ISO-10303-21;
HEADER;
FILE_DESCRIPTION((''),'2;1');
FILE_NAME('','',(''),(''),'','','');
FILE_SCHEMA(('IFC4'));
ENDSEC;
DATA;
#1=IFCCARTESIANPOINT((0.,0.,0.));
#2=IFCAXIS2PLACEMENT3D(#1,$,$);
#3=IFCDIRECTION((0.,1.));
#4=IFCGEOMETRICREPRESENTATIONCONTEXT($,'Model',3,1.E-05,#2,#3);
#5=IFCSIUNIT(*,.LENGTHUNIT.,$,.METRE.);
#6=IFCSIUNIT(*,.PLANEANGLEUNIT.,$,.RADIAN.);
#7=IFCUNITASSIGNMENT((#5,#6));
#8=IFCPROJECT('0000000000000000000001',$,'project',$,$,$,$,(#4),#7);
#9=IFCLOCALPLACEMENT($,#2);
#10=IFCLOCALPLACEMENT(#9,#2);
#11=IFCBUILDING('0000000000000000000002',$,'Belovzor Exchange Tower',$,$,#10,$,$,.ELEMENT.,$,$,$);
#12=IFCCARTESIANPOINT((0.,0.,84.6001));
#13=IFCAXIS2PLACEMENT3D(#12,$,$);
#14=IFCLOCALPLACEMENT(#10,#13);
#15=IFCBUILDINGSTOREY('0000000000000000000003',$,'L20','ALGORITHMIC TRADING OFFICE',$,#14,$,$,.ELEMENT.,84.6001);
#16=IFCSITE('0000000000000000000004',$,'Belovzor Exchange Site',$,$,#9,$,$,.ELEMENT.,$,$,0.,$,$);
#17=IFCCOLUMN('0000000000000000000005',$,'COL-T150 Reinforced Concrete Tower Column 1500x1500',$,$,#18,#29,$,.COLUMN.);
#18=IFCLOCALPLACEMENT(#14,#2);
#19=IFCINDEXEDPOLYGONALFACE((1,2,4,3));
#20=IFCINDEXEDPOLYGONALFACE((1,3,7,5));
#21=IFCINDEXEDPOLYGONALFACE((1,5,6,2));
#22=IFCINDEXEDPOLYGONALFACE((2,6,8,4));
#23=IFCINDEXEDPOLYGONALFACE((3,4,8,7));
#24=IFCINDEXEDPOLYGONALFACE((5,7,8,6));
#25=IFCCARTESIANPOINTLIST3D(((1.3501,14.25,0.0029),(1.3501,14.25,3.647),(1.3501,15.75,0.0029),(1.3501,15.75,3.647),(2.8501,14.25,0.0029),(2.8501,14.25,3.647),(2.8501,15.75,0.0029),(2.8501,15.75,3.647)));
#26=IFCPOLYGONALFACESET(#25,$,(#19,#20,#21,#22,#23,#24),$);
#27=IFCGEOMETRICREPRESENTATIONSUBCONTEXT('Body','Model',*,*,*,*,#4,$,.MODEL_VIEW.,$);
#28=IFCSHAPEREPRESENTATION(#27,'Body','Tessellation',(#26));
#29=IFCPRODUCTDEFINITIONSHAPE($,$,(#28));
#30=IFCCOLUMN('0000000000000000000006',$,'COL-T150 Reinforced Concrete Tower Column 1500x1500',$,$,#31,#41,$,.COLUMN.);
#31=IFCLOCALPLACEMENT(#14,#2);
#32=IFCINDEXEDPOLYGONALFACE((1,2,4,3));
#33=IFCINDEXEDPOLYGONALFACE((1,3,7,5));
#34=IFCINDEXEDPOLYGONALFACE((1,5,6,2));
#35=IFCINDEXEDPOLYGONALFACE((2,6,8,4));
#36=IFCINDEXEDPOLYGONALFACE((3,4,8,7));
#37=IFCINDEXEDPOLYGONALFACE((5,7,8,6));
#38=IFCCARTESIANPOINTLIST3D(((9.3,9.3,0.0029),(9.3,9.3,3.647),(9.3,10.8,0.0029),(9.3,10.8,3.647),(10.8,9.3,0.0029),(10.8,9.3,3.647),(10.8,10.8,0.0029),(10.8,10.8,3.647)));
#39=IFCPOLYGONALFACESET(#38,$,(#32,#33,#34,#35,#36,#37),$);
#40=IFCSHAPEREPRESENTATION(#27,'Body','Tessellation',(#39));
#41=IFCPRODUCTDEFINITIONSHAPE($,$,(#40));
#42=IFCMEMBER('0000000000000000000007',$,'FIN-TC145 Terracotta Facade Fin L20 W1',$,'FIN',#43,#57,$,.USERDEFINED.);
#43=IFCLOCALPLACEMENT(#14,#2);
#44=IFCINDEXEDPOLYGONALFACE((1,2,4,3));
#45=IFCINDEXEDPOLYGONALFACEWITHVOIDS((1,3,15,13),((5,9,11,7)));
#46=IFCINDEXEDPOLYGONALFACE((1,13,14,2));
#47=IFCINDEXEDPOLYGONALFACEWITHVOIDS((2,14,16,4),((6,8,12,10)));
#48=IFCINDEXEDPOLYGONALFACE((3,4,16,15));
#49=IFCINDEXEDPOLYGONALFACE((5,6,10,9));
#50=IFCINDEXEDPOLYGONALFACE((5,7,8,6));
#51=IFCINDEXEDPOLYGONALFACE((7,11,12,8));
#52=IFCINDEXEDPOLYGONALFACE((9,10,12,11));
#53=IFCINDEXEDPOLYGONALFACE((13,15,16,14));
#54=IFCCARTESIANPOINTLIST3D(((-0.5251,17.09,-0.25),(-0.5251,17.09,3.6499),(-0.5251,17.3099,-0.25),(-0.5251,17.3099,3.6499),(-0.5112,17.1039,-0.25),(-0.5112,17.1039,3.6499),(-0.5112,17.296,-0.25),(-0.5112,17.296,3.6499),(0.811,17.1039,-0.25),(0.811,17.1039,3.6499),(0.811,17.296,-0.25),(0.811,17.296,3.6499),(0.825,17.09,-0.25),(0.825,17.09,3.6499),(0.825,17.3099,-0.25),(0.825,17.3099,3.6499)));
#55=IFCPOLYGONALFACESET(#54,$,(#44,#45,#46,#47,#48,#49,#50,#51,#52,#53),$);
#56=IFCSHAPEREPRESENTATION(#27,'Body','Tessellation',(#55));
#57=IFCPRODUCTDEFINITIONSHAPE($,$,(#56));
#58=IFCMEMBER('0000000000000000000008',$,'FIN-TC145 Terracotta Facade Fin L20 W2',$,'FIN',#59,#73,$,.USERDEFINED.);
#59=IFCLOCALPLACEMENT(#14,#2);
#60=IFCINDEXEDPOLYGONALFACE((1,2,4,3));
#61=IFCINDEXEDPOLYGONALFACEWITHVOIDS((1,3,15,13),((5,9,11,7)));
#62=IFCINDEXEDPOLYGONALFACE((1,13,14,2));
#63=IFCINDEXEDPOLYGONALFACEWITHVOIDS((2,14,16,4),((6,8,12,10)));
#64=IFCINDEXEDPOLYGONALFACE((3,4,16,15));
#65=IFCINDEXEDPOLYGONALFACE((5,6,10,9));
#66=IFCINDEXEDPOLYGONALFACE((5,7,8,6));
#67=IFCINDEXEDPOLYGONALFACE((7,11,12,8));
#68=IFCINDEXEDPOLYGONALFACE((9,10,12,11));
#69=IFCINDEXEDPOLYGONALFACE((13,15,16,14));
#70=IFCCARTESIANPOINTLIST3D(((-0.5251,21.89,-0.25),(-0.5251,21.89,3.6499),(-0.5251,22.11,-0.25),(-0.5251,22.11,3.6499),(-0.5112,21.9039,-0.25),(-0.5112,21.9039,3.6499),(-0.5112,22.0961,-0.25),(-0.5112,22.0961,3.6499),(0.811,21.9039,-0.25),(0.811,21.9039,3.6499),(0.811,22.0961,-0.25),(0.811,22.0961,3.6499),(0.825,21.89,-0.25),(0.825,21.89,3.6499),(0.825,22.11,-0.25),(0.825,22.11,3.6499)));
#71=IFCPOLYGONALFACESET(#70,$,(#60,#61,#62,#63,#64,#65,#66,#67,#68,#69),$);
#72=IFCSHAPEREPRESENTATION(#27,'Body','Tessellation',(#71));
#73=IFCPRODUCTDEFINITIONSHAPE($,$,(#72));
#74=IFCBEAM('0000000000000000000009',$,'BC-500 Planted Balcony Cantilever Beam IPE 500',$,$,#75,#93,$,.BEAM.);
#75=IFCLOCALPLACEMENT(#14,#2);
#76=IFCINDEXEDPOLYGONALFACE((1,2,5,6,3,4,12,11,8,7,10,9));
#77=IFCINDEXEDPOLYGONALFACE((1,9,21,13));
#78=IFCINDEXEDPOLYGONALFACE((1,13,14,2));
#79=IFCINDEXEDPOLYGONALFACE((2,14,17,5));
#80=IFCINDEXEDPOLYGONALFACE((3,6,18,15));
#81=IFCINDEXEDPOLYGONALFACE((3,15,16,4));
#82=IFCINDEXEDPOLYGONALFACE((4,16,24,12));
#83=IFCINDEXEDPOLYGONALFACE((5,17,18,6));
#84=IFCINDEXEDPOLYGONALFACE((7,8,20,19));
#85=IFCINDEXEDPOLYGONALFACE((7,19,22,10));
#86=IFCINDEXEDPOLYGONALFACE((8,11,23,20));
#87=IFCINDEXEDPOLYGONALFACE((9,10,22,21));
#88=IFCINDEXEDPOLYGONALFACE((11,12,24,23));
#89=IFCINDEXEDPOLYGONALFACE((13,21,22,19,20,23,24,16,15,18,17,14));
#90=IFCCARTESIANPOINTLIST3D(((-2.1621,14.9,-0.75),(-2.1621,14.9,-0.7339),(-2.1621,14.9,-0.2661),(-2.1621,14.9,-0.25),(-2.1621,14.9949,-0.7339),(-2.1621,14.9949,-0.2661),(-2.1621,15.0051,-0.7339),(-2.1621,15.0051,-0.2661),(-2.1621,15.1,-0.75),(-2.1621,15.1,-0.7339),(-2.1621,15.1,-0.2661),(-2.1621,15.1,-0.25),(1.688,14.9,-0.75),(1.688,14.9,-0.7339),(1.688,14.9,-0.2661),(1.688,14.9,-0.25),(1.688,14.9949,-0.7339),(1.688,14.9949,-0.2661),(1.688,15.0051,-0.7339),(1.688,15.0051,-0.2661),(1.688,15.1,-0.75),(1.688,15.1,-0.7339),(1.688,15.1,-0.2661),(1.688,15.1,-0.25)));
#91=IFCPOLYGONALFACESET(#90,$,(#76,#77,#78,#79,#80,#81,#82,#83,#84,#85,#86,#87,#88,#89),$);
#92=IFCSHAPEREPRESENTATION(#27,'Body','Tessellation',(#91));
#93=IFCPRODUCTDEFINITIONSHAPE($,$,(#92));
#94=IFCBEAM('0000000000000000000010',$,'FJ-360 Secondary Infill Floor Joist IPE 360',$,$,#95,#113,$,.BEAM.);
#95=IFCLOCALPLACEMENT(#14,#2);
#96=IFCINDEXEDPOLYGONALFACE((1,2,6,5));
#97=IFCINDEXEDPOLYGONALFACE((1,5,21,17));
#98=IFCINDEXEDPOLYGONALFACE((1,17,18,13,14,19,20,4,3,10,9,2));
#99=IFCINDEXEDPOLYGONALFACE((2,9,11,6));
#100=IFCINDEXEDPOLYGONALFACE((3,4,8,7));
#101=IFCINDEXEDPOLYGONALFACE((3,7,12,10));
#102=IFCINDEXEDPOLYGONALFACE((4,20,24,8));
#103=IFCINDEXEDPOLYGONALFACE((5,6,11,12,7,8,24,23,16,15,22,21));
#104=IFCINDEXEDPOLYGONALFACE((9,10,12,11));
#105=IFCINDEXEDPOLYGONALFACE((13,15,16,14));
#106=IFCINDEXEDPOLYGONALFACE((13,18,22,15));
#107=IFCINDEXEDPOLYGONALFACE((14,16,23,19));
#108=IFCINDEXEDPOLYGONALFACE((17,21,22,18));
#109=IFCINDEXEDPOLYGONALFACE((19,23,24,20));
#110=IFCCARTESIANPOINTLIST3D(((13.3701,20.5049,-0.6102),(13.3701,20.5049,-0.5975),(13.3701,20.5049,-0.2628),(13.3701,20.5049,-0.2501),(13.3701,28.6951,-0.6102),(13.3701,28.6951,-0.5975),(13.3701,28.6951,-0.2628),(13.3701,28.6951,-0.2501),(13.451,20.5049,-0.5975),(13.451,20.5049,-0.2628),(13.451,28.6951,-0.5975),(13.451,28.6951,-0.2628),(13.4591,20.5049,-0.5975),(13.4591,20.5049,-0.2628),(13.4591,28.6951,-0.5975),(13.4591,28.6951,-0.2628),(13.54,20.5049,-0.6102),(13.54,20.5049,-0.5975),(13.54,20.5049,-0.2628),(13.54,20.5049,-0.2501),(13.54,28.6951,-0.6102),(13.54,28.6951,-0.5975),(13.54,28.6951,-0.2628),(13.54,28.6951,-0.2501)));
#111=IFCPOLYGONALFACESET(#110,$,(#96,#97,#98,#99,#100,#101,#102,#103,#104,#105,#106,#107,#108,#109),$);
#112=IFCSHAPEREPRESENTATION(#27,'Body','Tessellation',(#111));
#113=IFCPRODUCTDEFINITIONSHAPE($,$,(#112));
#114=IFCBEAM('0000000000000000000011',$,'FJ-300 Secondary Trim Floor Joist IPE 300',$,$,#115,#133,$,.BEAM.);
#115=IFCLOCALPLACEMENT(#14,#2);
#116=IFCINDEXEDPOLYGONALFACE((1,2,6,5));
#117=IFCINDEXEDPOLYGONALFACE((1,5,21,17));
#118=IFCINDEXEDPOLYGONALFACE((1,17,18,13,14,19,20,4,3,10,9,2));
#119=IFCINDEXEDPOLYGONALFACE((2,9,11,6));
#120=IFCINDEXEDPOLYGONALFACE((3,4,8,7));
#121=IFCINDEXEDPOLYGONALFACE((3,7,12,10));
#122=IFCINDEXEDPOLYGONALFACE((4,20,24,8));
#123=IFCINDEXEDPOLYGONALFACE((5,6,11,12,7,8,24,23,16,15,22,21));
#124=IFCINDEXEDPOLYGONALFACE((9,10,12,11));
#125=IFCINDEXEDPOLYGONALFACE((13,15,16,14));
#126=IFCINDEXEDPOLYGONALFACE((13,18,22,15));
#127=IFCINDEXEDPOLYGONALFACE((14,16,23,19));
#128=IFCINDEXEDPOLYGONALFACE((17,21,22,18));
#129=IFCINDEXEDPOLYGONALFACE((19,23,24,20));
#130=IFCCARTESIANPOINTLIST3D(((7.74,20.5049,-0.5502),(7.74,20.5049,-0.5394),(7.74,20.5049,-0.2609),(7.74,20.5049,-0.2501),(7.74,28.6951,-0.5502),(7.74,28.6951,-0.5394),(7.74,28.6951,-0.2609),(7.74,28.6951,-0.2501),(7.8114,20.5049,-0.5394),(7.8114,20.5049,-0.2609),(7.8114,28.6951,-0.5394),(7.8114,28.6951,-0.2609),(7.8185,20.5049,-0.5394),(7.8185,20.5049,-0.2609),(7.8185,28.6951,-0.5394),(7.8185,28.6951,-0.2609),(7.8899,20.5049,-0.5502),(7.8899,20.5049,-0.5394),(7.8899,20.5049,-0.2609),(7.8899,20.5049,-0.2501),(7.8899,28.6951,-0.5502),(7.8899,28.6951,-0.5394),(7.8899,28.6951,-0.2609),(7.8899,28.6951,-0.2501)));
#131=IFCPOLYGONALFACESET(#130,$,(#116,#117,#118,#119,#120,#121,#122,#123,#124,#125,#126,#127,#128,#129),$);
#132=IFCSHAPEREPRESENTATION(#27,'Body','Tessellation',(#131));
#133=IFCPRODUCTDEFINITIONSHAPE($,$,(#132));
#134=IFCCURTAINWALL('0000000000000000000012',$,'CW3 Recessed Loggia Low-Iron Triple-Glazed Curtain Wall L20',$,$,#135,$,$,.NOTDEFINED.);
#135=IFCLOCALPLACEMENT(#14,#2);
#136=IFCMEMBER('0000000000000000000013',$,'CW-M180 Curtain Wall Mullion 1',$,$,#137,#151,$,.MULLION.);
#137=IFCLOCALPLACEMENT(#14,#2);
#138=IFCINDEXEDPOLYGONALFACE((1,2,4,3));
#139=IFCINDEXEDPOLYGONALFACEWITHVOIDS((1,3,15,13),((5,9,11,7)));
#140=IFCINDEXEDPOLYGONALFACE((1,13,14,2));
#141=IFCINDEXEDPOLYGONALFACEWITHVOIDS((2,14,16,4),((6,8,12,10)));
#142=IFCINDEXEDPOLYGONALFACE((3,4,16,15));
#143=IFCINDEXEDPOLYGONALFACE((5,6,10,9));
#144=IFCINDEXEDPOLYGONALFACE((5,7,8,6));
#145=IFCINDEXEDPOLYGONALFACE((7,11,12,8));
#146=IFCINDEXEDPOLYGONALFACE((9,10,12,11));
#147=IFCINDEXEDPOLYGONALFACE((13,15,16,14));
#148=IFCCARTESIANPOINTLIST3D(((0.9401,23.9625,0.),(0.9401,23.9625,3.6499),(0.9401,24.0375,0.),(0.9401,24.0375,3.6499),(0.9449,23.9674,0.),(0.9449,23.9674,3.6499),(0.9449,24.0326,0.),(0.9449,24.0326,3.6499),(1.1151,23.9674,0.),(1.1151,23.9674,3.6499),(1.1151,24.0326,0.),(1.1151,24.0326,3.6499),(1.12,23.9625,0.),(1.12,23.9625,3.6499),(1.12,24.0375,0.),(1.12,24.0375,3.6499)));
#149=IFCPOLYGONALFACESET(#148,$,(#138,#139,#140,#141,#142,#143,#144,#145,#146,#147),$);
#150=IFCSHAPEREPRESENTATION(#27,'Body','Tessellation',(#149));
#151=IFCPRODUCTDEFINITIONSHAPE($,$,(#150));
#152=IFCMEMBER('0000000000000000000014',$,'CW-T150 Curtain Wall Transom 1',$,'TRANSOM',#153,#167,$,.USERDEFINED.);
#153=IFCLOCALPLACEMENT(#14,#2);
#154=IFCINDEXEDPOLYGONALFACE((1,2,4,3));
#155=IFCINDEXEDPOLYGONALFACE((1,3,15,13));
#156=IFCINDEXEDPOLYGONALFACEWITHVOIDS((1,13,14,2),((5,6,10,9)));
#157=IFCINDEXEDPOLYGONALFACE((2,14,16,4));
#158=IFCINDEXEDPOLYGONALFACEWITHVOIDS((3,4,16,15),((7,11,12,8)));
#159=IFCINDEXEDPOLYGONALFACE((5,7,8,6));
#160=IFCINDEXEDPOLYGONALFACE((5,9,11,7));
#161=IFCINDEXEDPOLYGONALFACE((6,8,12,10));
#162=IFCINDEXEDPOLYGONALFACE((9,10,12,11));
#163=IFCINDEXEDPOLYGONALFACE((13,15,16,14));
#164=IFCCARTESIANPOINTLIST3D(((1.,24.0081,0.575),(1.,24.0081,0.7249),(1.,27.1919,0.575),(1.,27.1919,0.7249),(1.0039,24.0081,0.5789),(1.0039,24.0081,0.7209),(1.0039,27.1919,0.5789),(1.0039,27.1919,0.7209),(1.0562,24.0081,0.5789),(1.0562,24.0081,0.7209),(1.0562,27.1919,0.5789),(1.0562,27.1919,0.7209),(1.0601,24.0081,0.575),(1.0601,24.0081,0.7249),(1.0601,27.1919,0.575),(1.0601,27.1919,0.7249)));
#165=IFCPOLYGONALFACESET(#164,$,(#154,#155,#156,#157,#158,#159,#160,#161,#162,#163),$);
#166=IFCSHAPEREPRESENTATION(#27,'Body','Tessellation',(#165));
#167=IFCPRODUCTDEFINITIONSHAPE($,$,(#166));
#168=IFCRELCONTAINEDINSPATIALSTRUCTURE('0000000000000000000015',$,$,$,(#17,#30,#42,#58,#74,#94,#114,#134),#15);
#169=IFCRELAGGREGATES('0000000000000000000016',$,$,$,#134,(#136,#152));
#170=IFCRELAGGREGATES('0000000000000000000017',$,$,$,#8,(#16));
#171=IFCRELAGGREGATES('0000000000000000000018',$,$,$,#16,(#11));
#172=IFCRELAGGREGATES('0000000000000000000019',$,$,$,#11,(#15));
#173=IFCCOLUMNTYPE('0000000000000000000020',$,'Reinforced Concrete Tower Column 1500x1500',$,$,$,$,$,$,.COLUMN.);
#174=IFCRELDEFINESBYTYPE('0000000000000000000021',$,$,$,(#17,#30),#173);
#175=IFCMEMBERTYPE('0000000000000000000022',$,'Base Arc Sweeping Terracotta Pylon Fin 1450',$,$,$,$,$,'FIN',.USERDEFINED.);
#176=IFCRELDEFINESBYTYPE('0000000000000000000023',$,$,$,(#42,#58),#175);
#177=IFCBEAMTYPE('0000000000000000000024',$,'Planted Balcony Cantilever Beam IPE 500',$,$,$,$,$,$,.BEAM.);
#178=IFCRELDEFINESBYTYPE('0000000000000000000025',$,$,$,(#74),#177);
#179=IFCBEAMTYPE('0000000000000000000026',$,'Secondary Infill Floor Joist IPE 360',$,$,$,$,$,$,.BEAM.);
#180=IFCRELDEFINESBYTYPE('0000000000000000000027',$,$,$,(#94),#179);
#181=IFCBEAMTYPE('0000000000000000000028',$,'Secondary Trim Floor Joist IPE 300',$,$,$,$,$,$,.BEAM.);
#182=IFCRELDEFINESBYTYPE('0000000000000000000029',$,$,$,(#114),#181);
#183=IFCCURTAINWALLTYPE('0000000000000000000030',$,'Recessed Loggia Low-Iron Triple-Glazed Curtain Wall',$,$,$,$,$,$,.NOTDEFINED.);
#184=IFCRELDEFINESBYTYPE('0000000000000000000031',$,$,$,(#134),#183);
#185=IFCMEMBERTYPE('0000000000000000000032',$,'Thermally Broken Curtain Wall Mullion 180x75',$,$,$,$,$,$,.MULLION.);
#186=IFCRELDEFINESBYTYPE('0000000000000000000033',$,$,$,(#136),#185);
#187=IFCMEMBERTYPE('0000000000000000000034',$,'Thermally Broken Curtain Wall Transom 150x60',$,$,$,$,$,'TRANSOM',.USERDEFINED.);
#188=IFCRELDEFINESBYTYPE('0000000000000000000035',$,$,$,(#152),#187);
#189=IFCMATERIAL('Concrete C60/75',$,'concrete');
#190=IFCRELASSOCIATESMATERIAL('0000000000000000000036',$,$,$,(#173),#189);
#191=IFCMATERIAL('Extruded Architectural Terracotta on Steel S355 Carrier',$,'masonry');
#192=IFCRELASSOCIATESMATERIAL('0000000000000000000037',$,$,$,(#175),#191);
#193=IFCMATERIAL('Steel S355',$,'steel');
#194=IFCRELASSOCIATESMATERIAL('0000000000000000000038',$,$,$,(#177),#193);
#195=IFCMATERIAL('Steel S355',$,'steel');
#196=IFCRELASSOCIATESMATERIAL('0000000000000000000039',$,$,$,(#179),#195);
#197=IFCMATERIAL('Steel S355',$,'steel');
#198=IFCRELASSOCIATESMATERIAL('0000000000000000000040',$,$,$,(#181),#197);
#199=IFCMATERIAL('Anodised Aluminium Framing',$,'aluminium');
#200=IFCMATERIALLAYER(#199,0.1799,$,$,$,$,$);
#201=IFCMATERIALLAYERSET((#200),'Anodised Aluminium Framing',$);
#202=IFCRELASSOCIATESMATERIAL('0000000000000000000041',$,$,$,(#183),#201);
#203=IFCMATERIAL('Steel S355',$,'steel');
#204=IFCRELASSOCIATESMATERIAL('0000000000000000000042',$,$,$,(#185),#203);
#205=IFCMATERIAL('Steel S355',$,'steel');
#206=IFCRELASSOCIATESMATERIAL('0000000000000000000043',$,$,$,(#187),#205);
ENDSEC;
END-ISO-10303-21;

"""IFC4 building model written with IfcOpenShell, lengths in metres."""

from ifc_helpers import new_model, si_unit, direction, frame, origin, origin_2d, place, context, subcontext, project, spatial, rectangle, hollow_rectangle, i_section, extrude, material, layer, layer_set, material_profile, profile_set, type_object, element, aggregate, save


model = new_model("IFC4")

# Units and contexts
model_context = context("Model", 3, precision=1e-05, world=origin(), true_north=direction((0.0, 1.0)))
body_context = subcontext(model_context, "Body", "Model", "MODEL_VIEW")
ifc_project = project(units=[si_unit("LENGTHUNIT", "METRE"), si_unit("PLANEANGLEUNIT", "RADIAN")], contexts=[model_context])

# Site, building, storey
site_placement = place(None, origin())
site = spatial("IfcSite", under=ifc_project, at=site_placement, Name="Belovzor Exchange Site", CompositionType="ELEMENT", RefElevation=0.0)
building_placement = place(site_placement, origin())
building = spatial("IfcBuilding", under=site, at=building_placement, Name="Belovzor Exchange Tower", CompositionType="ELEMENT")
storey_placement = place(building_placement, frame((0.0, 0.0, 84.6001)))
storey = spatial("IfcBuildingStorey", under=building, at=storey_placement, Name="L20", Description="ALGORITHMIC TRADING OFFICE", CompositionType="ELEMENT", Elevation=84.6001)

# Columns
ifc_material_1 = material(Name="Concrete C60/75", Category="concrete")
ifc_material_profile_1 = material_profile(ifc_material_1, rectangle(XDim=1.5, YDim=1.5, at=origin_2d()))
ifc_profile_set_1 = profile_set([ifc_material_profile_1], Name="Concrete C60/75")
column_type = type_object("IfcColumnType", Name="Reinforced Concrete Tower Column 1500x1500", PredefinedType="COLUMN", material=ifc_profile_set_1)
for number, where, z_axis, x_axis, name in (
    (1, (2.1001, 15.0, 0.0029), (0.0, 0.0, 1.0), (1.0, 0.0, 0.0), "COL-T150 Reinforced Concrete Tower Column 1500x1500"),
    (2, (10.05, 10.05, 0.0029), (0.0, 0.0, 1.0), (1.0, 0.0, 0.0), "COL-T150 Reinforced Concrete Tower Column 1500x1500"),
):
    element("IfcColumn", number, at=place(storey_placement, frame(where, z_axis=z_axis, x_axis=x_axis)), inside=storey, type_object=column_type, Name=name, PredefinedType="COLUMN", context=body_context, shape_type="SweptSolid", body=[
        extrude(rectangle(XDim=1.5, YDim=1.5, at=origin_2d()), origin(), (0.0, 0.0, 1.0), 3.644),
    ])

# Members
ifc_material_2 = material(Name="Extruded Architectural Terracotta on Steel S355 Carrier", Category="masonry")
ifc_material_profile_2 = material_profile(ifc_material_2, hollow_rectangle(XDim=0.22, YDim=1.3501, WallThickness=0.0139, at=origin_2d()))
ifc_profile_set_2 = profile_set([ifc_material_profile_2], Name="Extruded Architectural Terracotta on Steel S355 Carrier")
member_type_1 = type_object("IfcMemberType", Name="Base Arc Sweeping Terracotta Pylon Fin 1450", ElementType="FIN", PredefinedType="USERDEFINED", material=ifc_profile_set_2)
for number, where, z_axis, x_axis, name in (
    (3, (0.1499, 17.2, -0.25), (0.0, 0.0, 1.0), (0.0, 1.0, 0.0), "FIN-TC145 Terracotta Facade Fin L20 W1"),
    (4, (0.1499, 22.0, -0.25), (0.0, 0.0, 1.0), (0.0, 1.0, 0.0), "FIN-TC145 Terracotta Facade Fin L20 W2"),
):
    element("IfcMember", number, at=place(storey_placement, frame(where, z_axis=z_axis, x_axis=x_axis)), inside=storey, type_object=member_type_1, Name=name, ObjectType="FIN", PredefinedType="USERDEFINED", context=body_context, shape_type="SweptSolid", body=[
        extrude(hollow_rectangle(XDim=0.22, YDim=1.3501, WallThickness=0.0139, at=origin_2d()), origin(), (0.0, 0.0, 1.0), 3.8999),
    ])

# Beams
ifc_material_3 = material(Name="Steel S355", Category="steel")
ifc_material_profile_3 = material_profile(ifc_material_3, i_section(OverallWidth=0.2, OverallDepth=0.5, WebThickness=0.0103, FlangeThickness=0.0161, at=origin_2d()))
ifc_profile_set_3 = profile_set([ifc_material_profile_3], Name="Steel S355")
beam_type_1 = type_object("IfcBeamType", Name="Planted Balcony Cantilever Beam IPE 500", PredefinedType="BEAM", material=ifc_profile_set_3)
beam_1_placement = place(storey_placement, frame((1.688, 15.0, -0.5), z_axis=(-1.0, 0.0, 0.0), x_axis=(0.0, -1.0, 0.0)))
element("IfcBeam", 5, at=beam_1_placement, inside=storey, type_object=beam_type_1, Name="BC-500 Planted Balcony Cantilever Beam IPE 500", PredefinedType="BEAM", context=body_context, shape_type="SweptSolid", body=[
    extrude(i_section(OverallWidth=0.2, OverallDepth=0.5, WebThickness=0.0103, FlangeThickness=0.0161, at=origin_2d()), origin(), (0.0, 0.0, 1.0), 3.8501),
])
ifc_material_4 = material(Name="Steel S355", Category="steel")
ifc_material_profile_4 = material_profile(ifc_material_4, i_section(OverallWidth=0.1699, OverallDepth=0.3601, WebThickness=0.0081, FlangeThickness=0.0127, at=origin_2d()))
ifc_profile_set_4 = profile_set([ifc_material_profile_4], Name="Steel S355")
beam_type_2 = type_object("IfcBeamType", Name="Secondary Infill Floor Joist IPE 360", PredefinedType="BEAM", material=ifc_profile_set_4)
beam_2_placement = place(storey_placement, frame((13.4551, 20.5049, -0.4302), z_axis=(0.0, 1.0, 0.0), x_axis=(-1.0, 0.0, 0.0)))
element("IfcBeam", 6, at=beam_2_placement, inside=storey, type_object=beam_type_2, Name="FJ-360 Secondary Infill Floor Joist IPE 360", PredefinedType="BEAM", context=body_context, shape_type="SweptSolid", body=[
    extrude(i_section(OverallWidth=0.1699, OverallDepth=0.3601, WebThickness=0.0081, FlangeThickness=0.0127, at=origin_2d()), origin(), (0.0, 0.0, 1.0), 8.1902),
])
ifc_material_5 = material(Name="Steel S355", Category="steel")
ifc_material_profile_5 = material_profile(ifc_material_5, i_section(OverallWidth=0.1499, OverallDepth=0.3, WebThickness=0.0071, FlangeThickness=0.0107, at=origin_2d()))
ifc_profile_set_5 = profile_set([ifc_material_profile_5], Name="Steel S355")
beam_type_3 = type_object("IfcBeamType", Name="Secondary Trim Floor Joist IPE 300", PredefinedType="BEAM", material=ifc_profile_set_5)
beam_3_placement = place(storey_placement, frame((7.8149, 20.5049, -0.4001), z_axis=(0.0, 1.0, 0.0), x_axis=(-1.0, 0.0, 0.0)))
element("IfcBeam", 7, at=beam_3_placement, inside=storey, type_object=beam_type_3, Name="FJ-300 Secondary Trim Floor Joist IPE 300", PredefinedType="BEAM", context=body_context, shape_type="SweptSolid", body=[
    extrude(i_section(OverallWidth=0.1499, OverallDepth=0.3, WebThickness=0.0071, FlangeThickness=0.0107, at=origin_2d()), origin(), (0.0, 0.0, 1.0), 8.1902),
])

# Curtain wall, members
ifc_material_6 = material(Name="Anodised Aluminium Framing", Category="aluminium")
ifc_layer_1 = layer(ifc_material_6, 0.1799)
ifc_layer_set_1 = layer_set([ifc_layer_1], Name="Anodised Aluminium Framing")
curtain_wall_type = type_object("IfcCurtainWallType", Name="Recessed Loggia Low-Iron Triple-Glazed Curtain Wall", PredefinedType="NOTDEFINED", material=ifc_layer_set_1)
curtain_wall_placement = place(storey_placement, origin())
curtain_wall = element("IfcCurtainWall", 8, at=curtain_wall_placement, inside=storey, type_object=curtain_wall_type, Name="CW3 Recessed Loggia Low-Iron Triple-Glazed Curtain Wall L20", PredefinedType="NOTDEFINED")
ifc_material_7 = material(Name="Steel S355", Category="steel")
ifc_material_profile_6 = material_profile(ifc_material_7, hollow_rectangle(XDim=0.075, YDim=0.1799, WallThickness=0.0049, at=origin_2d()))
ifc_profile_set_6 = profile_set([ifc_material_profile_6], Name="Steel S355")
member_type_2 = type_object("IfcMemberType", Name="Thermally Broken Curtain Wall Mullion 180x75", PredefinedType="MULLION", material=ifc_profile_set_6)
member_1_placement = place(storey_placement, frame((1.03, 24.0, 0.0), z_axis=(0.0, 0.0, 1.0), x_axis=(0.0, 1.0, 0.0)))
member_1 = element("IfcMember", 9, at=member_1_placement, type_object=member_type_2, Name="CW-M180 Curtain Wall Mullion 1", PredefinedType="MULLION", context=body_context, shape_type="SweptSolid", body=[
    extrude(hollow_rectangle(XDim=0.075, YDim=0.1799, WallThickness=0.0049, at=origin_2d()), origin(), (0.0, 0.0, 1.0), 3.6499),
])
ifc_material_8 = material(Name="Steel S355", Category="steel")
ifc_material_profile_7 = material_profile(ifc_material_8, hollow_rectangle(XDim=0.0601, YDim=0.1499, WallThickness=0.0039, at=origin_2d()))
ifc_profile_set_7 = profile_set([ifc_material_profile_7], Name="Steel S355")
member_type_3 = type_object("IfcMemberType", Name="Thermally Broken Curtain Wall Transom 150x60", ElementType="TRANSOM", PredefinedType="USERDEFINED", material=ifc_profile_set_7)
member_2_placement = place(storey_placement, frame((1.03, 24.0081, 0.6499), z_axis=(0.0, 1.0, 0.0), x_axis=(-1.0, 0.0, 0.0)))
member_2 = element("IfcMember", 10, at=member_2_placement, type_object=member_type_3, Name="CW-T150 Curtain Wall Transom 1", ObjectType="TRANSOM", PredefinedType="USERDEFINED", context=body_context, shape_type="SweptSolid", body=[
    extrude(hollow_rectangle(XDim=0.0601, YDim=0.1499, WallThickness=0.0039, at=origin_2d()), origin(), (0.0, 0.0, 1.0), 3.1838),
])

aggregate(curtain_wall, [member_1, member_2])

save(model, "model.ifc")
